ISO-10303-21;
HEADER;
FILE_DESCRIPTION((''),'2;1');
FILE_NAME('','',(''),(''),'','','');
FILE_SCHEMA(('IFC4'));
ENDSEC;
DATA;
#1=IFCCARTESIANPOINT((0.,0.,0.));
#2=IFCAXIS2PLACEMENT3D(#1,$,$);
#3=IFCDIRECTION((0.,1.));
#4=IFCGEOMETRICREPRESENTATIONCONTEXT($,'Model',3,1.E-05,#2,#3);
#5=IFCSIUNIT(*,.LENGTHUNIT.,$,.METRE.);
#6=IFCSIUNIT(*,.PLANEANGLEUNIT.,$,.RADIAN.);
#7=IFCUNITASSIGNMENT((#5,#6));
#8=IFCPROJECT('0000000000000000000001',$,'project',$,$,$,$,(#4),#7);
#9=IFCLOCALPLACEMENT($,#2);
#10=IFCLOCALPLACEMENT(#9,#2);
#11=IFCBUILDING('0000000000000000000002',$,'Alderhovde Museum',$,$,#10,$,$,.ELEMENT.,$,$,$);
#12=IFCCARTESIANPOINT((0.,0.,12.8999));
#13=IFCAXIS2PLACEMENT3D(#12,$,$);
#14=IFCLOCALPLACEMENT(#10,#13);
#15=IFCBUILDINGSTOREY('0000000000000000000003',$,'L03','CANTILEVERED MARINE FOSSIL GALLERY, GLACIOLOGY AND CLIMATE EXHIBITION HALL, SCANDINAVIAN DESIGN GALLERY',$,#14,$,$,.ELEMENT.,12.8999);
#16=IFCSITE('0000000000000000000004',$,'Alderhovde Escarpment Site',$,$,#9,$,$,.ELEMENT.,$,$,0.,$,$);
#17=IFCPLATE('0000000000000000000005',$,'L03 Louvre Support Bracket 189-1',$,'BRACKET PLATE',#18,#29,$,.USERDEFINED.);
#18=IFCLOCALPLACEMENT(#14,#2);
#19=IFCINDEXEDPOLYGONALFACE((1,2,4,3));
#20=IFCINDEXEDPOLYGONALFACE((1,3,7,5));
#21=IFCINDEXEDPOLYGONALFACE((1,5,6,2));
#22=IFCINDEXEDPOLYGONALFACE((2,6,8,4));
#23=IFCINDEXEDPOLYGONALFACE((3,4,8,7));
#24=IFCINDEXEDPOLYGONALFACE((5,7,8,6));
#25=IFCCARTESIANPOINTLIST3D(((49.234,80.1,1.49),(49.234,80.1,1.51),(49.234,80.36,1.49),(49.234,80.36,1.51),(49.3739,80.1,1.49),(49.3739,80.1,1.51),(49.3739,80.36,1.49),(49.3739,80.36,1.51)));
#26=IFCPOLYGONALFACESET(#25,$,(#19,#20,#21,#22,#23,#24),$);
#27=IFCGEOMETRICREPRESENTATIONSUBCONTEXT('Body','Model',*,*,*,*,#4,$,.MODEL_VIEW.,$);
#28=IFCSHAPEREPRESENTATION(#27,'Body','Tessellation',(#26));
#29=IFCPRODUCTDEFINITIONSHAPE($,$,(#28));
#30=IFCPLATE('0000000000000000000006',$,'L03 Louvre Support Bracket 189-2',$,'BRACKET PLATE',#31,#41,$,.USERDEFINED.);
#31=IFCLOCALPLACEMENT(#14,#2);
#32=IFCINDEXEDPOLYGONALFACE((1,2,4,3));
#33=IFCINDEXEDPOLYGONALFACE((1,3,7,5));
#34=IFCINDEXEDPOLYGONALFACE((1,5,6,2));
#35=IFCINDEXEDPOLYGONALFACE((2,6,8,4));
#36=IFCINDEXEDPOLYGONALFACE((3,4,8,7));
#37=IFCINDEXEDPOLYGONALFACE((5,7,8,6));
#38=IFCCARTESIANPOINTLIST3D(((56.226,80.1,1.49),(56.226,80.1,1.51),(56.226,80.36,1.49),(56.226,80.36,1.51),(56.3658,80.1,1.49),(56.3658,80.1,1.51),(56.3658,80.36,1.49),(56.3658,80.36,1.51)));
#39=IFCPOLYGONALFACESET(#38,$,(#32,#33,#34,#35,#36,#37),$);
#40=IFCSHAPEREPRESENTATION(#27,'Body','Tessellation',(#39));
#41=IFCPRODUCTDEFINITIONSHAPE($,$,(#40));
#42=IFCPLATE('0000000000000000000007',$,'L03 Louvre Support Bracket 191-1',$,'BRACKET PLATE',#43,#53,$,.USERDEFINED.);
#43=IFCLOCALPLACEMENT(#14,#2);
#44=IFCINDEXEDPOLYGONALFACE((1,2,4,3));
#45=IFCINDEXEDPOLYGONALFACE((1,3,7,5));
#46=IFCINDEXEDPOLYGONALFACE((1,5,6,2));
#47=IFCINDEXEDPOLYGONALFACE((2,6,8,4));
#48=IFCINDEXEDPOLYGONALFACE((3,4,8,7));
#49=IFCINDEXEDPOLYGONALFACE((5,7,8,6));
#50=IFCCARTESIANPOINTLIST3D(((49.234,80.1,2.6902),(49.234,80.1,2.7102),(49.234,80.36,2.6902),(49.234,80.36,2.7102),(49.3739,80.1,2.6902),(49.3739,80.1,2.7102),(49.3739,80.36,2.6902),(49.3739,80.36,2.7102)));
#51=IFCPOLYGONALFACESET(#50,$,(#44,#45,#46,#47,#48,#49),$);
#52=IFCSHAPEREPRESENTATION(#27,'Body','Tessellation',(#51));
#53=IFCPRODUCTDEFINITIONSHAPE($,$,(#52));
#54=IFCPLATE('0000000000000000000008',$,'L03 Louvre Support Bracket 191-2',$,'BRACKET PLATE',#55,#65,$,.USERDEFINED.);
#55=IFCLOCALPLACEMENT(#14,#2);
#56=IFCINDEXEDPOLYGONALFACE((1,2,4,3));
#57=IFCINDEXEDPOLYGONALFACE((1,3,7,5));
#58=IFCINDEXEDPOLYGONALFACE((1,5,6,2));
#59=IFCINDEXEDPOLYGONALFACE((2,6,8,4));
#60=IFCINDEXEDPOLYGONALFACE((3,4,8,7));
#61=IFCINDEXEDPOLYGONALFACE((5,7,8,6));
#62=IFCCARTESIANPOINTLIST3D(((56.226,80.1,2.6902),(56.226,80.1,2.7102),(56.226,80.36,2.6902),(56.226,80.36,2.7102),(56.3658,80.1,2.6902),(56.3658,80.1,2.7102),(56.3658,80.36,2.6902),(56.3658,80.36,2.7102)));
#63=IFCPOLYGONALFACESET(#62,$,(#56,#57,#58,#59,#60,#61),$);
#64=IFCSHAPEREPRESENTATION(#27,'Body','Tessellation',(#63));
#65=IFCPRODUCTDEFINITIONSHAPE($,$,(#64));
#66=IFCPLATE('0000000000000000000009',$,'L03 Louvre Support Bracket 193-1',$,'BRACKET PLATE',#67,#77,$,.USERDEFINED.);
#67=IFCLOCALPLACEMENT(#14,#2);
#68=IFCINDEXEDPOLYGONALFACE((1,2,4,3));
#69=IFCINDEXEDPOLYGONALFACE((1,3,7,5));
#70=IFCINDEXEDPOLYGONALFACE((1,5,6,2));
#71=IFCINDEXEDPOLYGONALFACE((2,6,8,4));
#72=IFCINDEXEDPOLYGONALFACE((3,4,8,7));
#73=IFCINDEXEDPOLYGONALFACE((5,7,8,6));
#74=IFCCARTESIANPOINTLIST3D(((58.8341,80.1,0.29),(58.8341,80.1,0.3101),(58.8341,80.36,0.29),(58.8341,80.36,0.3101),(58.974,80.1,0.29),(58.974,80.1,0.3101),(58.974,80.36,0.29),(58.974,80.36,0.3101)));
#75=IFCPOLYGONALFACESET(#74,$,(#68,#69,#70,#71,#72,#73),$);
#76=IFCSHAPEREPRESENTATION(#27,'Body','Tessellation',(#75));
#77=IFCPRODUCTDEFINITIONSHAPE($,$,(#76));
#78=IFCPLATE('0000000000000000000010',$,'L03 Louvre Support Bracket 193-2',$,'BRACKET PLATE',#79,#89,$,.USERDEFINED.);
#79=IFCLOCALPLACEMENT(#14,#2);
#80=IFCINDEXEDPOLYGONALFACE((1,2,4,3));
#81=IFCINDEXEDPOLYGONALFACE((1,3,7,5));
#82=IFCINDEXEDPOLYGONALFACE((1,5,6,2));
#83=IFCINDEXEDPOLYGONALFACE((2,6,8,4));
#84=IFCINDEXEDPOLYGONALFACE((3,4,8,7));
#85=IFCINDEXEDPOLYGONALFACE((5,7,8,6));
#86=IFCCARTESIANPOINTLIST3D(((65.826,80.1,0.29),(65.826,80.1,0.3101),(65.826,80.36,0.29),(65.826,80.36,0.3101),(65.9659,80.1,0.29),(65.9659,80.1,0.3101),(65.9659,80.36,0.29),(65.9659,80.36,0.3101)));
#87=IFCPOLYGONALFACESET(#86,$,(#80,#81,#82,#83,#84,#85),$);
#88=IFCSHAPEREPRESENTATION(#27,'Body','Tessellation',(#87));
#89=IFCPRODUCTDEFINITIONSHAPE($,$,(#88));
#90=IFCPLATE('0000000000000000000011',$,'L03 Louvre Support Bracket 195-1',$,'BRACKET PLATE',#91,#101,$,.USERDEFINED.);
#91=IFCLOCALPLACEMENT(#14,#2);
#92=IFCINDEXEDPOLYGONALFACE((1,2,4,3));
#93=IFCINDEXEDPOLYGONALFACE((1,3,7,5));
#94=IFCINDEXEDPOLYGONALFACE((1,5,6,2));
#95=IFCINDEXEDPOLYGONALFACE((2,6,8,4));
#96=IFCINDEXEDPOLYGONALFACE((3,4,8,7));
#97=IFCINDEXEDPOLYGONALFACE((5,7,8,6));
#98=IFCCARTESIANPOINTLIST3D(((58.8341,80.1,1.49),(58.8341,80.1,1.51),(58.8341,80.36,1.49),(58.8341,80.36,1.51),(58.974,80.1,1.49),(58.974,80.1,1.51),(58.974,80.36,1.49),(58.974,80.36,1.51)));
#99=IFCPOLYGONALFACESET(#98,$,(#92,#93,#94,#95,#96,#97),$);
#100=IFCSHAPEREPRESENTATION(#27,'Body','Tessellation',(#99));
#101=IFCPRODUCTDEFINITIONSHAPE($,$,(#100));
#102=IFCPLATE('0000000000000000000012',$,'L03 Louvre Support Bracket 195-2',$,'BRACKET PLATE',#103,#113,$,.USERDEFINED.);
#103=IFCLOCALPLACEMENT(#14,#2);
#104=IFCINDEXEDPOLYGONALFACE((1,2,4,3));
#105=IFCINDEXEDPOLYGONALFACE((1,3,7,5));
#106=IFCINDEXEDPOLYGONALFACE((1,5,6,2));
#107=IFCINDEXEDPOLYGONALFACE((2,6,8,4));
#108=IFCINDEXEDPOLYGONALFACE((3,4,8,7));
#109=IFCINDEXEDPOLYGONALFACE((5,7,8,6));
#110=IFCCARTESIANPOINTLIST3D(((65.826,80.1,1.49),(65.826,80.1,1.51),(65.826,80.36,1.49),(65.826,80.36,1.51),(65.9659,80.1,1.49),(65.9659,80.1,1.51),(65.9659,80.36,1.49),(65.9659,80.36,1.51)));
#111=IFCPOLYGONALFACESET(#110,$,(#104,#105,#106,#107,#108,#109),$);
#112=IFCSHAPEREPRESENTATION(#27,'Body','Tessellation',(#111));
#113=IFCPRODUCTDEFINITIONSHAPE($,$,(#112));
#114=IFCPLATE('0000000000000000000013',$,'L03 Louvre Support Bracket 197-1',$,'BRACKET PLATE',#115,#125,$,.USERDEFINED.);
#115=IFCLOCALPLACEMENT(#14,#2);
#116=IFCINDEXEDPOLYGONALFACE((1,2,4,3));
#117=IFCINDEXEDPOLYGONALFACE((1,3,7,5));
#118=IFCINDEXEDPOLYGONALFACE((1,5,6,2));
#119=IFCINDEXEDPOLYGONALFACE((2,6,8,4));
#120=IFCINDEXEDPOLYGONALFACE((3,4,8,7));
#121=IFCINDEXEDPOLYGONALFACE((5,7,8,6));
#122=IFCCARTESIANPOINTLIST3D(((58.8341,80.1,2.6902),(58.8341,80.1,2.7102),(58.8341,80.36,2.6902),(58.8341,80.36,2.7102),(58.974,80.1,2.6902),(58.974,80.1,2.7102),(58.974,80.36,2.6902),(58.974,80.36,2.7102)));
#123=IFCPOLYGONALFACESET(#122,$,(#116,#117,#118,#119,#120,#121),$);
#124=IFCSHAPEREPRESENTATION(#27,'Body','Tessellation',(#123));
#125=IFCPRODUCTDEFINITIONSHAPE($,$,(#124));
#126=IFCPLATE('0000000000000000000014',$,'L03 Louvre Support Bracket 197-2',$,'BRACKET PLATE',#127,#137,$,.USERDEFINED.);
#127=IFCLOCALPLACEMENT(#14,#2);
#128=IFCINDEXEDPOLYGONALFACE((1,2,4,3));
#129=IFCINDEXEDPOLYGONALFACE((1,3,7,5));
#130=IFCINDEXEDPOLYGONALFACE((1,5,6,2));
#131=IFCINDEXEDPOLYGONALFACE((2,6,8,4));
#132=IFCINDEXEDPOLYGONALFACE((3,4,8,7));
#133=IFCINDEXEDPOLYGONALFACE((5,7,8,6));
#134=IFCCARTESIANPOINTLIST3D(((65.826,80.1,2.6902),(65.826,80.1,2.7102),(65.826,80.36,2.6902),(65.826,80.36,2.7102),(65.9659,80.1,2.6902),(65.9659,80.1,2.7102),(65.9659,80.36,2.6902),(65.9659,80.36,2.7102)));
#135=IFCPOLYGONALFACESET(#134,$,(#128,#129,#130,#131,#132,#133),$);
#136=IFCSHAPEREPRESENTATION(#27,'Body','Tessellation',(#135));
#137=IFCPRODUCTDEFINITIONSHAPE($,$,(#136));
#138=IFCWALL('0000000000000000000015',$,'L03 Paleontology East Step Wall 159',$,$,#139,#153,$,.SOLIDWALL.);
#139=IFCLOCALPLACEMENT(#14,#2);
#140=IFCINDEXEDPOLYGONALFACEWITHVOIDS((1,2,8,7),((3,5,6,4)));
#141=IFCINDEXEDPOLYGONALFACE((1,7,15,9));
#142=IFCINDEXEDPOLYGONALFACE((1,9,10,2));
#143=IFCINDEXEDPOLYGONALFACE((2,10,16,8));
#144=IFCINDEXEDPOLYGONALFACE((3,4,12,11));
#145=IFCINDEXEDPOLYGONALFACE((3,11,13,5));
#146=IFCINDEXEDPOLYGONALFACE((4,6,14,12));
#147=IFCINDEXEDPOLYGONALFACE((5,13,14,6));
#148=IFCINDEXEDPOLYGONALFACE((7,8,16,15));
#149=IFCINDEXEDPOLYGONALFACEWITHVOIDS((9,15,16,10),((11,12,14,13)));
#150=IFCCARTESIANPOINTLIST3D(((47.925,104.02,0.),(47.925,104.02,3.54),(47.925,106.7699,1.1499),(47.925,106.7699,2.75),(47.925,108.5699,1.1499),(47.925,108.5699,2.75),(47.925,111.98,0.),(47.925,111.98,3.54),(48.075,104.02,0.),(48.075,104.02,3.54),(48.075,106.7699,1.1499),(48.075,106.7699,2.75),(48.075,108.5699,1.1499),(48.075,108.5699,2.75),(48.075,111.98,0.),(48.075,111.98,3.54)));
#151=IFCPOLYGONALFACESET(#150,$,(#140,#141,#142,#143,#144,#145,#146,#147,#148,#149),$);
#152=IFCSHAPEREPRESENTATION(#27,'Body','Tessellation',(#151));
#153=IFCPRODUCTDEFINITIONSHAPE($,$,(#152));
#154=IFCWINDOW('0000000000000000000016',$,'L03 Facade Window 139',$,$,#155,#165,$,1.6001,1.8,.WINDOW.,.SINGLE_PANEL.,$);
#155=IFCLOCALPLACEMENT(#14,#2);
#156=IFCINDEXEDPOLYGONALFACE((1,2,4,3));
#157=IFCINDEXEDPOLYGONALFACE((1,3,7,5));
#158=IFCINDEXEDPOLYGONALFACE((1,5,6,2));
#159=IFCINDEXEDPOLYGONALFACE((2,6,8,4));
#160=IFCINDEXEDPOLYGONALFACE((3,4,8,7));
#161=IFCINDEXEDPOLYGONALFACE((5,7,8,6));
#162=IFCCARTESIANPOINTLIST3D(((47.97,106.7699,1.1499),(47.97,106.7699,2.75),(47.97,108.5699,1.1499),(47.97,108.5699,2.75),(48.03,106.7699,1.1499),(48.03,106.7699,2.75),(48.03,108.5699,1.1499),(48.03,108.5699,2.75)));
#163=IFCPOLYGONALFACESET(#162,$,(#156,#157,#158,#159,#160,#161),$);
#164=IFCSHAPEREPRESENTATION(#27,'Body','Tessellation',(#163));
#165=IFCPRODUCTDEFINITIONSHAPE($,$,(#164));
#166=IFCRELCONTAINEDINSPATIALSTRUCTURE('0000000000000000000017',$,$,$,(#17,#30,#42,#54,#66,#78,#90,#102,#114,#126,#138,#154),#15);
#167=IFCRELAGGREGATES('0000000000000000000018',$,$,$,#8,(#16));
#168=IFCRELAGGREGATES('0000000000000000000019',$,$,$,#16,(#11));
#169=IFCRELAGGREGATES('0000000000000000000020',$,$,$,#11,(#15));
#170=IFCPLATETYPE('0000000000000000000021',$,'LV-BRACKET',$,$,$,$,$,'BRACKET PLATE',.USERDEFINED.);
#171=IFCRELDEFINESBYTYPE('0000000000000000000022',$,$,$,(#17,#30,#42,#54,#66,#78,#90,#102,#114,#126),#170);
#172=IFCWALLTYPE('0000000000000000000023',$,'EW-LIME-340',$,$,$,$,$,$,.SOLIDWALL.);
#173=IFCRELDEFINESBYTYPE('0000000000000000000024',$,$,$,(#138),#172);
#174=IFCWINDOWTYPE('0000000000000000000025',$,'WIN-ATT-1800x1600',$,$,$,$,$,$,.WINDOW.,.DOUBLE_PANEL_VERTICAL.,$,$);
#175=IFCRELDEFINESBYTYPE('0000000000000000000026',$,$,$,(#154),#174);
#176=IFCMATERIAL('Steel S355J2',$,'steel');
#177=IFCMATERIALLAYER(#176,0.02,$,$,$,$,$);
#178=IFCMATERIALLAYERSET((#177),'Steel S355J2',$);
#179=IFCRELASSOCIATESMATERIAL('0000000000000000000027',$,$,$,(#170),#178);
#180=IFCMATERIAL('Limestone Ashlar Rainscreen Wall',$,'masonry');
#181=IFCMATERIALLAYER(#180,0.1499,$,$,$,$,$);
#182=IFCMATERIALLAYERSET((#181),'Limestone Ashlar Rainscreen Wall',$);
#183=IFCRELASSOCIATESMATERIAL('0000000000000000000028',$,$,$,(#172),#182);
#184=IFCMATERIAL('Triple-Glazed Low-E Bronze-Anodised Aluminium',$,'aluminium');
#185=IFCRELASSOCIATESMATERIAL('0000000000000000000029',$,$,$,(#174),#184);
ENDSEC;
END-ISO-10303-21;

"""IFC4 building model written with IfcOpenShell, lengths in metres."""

from ifc_helpers import new_model, si_unit, direction, frame, frame_2d, origin, origin_2d, place, context, subcontext, project, spatial, rectangle, extrude, material, layer, layer_set, type_object, element, fill, save


model = new_model("IFC4")

# Units and contexts
model_context = context("Model", 3, precision=1e-05, world=origin(), true_north=direction((0.0, 1.0)))
body_context = subcontext(model_context, "Body", "Model", "MODEL_VIEW")
ifc_project = project(units=[si_unit("LENGTHUNIT", "METRE"), si_unit("PLANEANGLEUNIT", "RADIAN")], contexts=[model_context])

# Site, building, storey
site_placement = place(None, origin())
site = spatial("IfcSite", under=ifc_project, at=site_placement, Name="Alderhovde Escarpment Site", CompositionType="ELEMENT", RefElevation=0.0)
building_placement = place(site_placement, origin())
building = spatial("IfcBuilding", under=site, at=building_placement, Name="Alderhovde Museum", CompositionType="ELEMENT")
storey_placement = place(building_placement, frame((0.0, 0.0, 12.8999)))
storey = spatial("IfcBuildingStorey", under=building, at=storey_placement, Name="L03", Description="CANTILEVERED MARINE FOSSIL GALLERY, GLACIOLOGY AND CLIMATE EXHIBITION HALL, SCANDINAVIAN DESIGN GALLERY", CompositionType="ELEMENT", Elevation=12.8999)

# Plates
ifc_material_1 = material(Name="Steel S355J2", Category="steel")
ifc_layer_1 = layer(ifc_material_1, 0.02)
ifc_layer_set_1 = layer_set([ifc_layer_1], Name="Steel S355J2")
plate_type_1 = type_object("IfcPlateType", Name="LV-BRACKET", ElementType="BRACKET PLATE", PredefinedType="USERDEFINED", material=ifc_layer_set_1)
for number, where, z_axis, x_axis, name in (
    (1, (49.304, 80.23, 1.49), (0.0, 0.0, 1.0), (1.0, 0.0, 0.0), "L03 Louvre Support Bracket 189-1"),
    (2, (56.2959, 80.23, 1.49), (0.0, 0.0, 1.0), (1.0, 0.0, 0.0), "L03 Louvre Support Bracket 189-2"),
    (3, (49.304, 80.23, 2.6902), (0.0, 0.0, 1.0), (1.0, 0.0, 0.0), "L03 Louvre Support Bracket 191-1"),
    (4, (56.2959, 80.23, 2.6902), (0.0, 0.0, 1.0), (1.0, 0.0, 0.0), "L03 Louvre Support Bracket 191-2"),
    (5, (58.9041, 80.23, 0.29), (0.0, 0.0, 1.0), (1.0, 0.0, 0.0), "L03 Louvre Support Bracket 193-1"),
    (6, (65.896, 80.23, 0.29), (0.0, 0.0, 1.0), (1.0, 0.0, 0.0), "L03 Louvre Support Bracket 193-2"),
    (7, (58.9041, 80.23, 1.49), (0.0, 0.0, 1.0), (1.0, 0.0, 0.0), "L03 Louvre Support Bracket 195-1"),
    (8, (65.896, 80.23, 1.49), (0.0, 0.0, 1.0), (1.0, 0.0, 0.0), "L03 Louvre Support Bracket 195-2"),
    (9, (58.9041, 80.23, 2.6902), (0.0, 0.0, 1.0), (1.0, 0.0, 0.0), "L03 Louvre Support Bracket 197-1"),
    (10, (65.896, 80.23, 2.6902), (0.0, 0.0, 1.0), (1.0, 0.0, 0.0), "L03 Louvre Support Bracket 197-2"),
):
    element("IfcPlate", number, at=place(storey_placement, frame(where, z_axis=z_axis, x_axis=x_axis)), inside=storey, type_object=plate_type_1, Name=name, ObjectType="BRACKET PLATE", PredefinedType="USERDEFINED", context=body_context, shape_type="SweptSolid", body=[
        extrude(rectangle(XDim=0.1399, YDim=0.26, at=origin_2d()), origin(), (0.0, 0.0, 1.0), 0.02),
    ])

# Wall, opening, window
ifc_material_2 = material(Name="Limestone Ashlar Rainscreen Wall", Category="masonry")
ifc_layer_2 = layer(ifc_material_2, 0.1499)
ifc_layer_set_2 = layer_set([ifc_layer_2], Name="Limestone Ashlar Rainscreen Wall")
wall_type = type_object("IfcWallType", Name="EW-LIME-340", PredefinedType="SOLIDWALL", material=ifc_layer_set_2)
wall_placement = place(storey_placement, frame((48.0, 104.02, 0.0), z_axis=(0.0, 0.0, 1.0), x_axis=(0.0, 1.0, 0.0)))
wall = element("IfcWall", 11, at=wall_placement, inside=storey, type_object=wall_type, Name="L03 Paleontology East Step Wall 159", PredefinedType="SOLIDWALL", context=body_context, shape_type="SweptSolid", body=[
    extrude(rectangle(XDim=7.96, YDim=0.1499, at=frame_2d((3.98, 0.0))), origin(), (0.0, 0.0, 1.0), 3.54),
])
opening_placement = place(wall_placement, frame((2.75, 0.0, 1.1499)))
opening = element("IfcOpeningElement", 12, at=opening_placement, cuts=wall, PredefinedType="OPENING", context=body_context, shape_type="SweptSolid", body=[
    extrude(rectangle(XDim=1.8, YDim=1.6001, at=frame_2d((0.8999, 0.8))), frame((0.0, 0.085, 0.0), z_axis=(0.0, -1.0, 0.0), x_axis=(1.0, 0.0, 0.0)), (0.0, 0.0, 1.0), 0.1699),
])
ifc_material_3 = material(Name="Triple-Glazed Low-E Bronze-Anodised Aluminium", Category="aluminium")
window_type = type_object("IfcWindowType", Name="WIN-ATT-1800x1600", PartitioningType="DOUBLE_PANEL_VERTICAL", PredefinedType="WINDOW", material=ifc_material_3)
window_placement = place(opening_placement, origin())
window = element("IfcWindow", 13, at=window_placement, inside=storey, type_object=window_type, Name="L03 Facade Window 139", OverallHeight=1.6001, OverallWidth=1.8, PartitioningType="SINGLE_PANEL", PredefinedType="WINDOW", context=body_context, shape_type="SweptSolid", body=[
    extrude(rectangle(XDim=1.8, YDim=1.6001, at=frame_2d((0.8999, 0.8))), frame((0.0, 0.03, 0.0), z_axis=(0.0, -1.0, 0.0), x_axis=(1.0, 0.0, 0.0)), (0.0, 0.0, 1.0), 0.0601),
])
fill(opening, window)

save(model, "model.ifc")
